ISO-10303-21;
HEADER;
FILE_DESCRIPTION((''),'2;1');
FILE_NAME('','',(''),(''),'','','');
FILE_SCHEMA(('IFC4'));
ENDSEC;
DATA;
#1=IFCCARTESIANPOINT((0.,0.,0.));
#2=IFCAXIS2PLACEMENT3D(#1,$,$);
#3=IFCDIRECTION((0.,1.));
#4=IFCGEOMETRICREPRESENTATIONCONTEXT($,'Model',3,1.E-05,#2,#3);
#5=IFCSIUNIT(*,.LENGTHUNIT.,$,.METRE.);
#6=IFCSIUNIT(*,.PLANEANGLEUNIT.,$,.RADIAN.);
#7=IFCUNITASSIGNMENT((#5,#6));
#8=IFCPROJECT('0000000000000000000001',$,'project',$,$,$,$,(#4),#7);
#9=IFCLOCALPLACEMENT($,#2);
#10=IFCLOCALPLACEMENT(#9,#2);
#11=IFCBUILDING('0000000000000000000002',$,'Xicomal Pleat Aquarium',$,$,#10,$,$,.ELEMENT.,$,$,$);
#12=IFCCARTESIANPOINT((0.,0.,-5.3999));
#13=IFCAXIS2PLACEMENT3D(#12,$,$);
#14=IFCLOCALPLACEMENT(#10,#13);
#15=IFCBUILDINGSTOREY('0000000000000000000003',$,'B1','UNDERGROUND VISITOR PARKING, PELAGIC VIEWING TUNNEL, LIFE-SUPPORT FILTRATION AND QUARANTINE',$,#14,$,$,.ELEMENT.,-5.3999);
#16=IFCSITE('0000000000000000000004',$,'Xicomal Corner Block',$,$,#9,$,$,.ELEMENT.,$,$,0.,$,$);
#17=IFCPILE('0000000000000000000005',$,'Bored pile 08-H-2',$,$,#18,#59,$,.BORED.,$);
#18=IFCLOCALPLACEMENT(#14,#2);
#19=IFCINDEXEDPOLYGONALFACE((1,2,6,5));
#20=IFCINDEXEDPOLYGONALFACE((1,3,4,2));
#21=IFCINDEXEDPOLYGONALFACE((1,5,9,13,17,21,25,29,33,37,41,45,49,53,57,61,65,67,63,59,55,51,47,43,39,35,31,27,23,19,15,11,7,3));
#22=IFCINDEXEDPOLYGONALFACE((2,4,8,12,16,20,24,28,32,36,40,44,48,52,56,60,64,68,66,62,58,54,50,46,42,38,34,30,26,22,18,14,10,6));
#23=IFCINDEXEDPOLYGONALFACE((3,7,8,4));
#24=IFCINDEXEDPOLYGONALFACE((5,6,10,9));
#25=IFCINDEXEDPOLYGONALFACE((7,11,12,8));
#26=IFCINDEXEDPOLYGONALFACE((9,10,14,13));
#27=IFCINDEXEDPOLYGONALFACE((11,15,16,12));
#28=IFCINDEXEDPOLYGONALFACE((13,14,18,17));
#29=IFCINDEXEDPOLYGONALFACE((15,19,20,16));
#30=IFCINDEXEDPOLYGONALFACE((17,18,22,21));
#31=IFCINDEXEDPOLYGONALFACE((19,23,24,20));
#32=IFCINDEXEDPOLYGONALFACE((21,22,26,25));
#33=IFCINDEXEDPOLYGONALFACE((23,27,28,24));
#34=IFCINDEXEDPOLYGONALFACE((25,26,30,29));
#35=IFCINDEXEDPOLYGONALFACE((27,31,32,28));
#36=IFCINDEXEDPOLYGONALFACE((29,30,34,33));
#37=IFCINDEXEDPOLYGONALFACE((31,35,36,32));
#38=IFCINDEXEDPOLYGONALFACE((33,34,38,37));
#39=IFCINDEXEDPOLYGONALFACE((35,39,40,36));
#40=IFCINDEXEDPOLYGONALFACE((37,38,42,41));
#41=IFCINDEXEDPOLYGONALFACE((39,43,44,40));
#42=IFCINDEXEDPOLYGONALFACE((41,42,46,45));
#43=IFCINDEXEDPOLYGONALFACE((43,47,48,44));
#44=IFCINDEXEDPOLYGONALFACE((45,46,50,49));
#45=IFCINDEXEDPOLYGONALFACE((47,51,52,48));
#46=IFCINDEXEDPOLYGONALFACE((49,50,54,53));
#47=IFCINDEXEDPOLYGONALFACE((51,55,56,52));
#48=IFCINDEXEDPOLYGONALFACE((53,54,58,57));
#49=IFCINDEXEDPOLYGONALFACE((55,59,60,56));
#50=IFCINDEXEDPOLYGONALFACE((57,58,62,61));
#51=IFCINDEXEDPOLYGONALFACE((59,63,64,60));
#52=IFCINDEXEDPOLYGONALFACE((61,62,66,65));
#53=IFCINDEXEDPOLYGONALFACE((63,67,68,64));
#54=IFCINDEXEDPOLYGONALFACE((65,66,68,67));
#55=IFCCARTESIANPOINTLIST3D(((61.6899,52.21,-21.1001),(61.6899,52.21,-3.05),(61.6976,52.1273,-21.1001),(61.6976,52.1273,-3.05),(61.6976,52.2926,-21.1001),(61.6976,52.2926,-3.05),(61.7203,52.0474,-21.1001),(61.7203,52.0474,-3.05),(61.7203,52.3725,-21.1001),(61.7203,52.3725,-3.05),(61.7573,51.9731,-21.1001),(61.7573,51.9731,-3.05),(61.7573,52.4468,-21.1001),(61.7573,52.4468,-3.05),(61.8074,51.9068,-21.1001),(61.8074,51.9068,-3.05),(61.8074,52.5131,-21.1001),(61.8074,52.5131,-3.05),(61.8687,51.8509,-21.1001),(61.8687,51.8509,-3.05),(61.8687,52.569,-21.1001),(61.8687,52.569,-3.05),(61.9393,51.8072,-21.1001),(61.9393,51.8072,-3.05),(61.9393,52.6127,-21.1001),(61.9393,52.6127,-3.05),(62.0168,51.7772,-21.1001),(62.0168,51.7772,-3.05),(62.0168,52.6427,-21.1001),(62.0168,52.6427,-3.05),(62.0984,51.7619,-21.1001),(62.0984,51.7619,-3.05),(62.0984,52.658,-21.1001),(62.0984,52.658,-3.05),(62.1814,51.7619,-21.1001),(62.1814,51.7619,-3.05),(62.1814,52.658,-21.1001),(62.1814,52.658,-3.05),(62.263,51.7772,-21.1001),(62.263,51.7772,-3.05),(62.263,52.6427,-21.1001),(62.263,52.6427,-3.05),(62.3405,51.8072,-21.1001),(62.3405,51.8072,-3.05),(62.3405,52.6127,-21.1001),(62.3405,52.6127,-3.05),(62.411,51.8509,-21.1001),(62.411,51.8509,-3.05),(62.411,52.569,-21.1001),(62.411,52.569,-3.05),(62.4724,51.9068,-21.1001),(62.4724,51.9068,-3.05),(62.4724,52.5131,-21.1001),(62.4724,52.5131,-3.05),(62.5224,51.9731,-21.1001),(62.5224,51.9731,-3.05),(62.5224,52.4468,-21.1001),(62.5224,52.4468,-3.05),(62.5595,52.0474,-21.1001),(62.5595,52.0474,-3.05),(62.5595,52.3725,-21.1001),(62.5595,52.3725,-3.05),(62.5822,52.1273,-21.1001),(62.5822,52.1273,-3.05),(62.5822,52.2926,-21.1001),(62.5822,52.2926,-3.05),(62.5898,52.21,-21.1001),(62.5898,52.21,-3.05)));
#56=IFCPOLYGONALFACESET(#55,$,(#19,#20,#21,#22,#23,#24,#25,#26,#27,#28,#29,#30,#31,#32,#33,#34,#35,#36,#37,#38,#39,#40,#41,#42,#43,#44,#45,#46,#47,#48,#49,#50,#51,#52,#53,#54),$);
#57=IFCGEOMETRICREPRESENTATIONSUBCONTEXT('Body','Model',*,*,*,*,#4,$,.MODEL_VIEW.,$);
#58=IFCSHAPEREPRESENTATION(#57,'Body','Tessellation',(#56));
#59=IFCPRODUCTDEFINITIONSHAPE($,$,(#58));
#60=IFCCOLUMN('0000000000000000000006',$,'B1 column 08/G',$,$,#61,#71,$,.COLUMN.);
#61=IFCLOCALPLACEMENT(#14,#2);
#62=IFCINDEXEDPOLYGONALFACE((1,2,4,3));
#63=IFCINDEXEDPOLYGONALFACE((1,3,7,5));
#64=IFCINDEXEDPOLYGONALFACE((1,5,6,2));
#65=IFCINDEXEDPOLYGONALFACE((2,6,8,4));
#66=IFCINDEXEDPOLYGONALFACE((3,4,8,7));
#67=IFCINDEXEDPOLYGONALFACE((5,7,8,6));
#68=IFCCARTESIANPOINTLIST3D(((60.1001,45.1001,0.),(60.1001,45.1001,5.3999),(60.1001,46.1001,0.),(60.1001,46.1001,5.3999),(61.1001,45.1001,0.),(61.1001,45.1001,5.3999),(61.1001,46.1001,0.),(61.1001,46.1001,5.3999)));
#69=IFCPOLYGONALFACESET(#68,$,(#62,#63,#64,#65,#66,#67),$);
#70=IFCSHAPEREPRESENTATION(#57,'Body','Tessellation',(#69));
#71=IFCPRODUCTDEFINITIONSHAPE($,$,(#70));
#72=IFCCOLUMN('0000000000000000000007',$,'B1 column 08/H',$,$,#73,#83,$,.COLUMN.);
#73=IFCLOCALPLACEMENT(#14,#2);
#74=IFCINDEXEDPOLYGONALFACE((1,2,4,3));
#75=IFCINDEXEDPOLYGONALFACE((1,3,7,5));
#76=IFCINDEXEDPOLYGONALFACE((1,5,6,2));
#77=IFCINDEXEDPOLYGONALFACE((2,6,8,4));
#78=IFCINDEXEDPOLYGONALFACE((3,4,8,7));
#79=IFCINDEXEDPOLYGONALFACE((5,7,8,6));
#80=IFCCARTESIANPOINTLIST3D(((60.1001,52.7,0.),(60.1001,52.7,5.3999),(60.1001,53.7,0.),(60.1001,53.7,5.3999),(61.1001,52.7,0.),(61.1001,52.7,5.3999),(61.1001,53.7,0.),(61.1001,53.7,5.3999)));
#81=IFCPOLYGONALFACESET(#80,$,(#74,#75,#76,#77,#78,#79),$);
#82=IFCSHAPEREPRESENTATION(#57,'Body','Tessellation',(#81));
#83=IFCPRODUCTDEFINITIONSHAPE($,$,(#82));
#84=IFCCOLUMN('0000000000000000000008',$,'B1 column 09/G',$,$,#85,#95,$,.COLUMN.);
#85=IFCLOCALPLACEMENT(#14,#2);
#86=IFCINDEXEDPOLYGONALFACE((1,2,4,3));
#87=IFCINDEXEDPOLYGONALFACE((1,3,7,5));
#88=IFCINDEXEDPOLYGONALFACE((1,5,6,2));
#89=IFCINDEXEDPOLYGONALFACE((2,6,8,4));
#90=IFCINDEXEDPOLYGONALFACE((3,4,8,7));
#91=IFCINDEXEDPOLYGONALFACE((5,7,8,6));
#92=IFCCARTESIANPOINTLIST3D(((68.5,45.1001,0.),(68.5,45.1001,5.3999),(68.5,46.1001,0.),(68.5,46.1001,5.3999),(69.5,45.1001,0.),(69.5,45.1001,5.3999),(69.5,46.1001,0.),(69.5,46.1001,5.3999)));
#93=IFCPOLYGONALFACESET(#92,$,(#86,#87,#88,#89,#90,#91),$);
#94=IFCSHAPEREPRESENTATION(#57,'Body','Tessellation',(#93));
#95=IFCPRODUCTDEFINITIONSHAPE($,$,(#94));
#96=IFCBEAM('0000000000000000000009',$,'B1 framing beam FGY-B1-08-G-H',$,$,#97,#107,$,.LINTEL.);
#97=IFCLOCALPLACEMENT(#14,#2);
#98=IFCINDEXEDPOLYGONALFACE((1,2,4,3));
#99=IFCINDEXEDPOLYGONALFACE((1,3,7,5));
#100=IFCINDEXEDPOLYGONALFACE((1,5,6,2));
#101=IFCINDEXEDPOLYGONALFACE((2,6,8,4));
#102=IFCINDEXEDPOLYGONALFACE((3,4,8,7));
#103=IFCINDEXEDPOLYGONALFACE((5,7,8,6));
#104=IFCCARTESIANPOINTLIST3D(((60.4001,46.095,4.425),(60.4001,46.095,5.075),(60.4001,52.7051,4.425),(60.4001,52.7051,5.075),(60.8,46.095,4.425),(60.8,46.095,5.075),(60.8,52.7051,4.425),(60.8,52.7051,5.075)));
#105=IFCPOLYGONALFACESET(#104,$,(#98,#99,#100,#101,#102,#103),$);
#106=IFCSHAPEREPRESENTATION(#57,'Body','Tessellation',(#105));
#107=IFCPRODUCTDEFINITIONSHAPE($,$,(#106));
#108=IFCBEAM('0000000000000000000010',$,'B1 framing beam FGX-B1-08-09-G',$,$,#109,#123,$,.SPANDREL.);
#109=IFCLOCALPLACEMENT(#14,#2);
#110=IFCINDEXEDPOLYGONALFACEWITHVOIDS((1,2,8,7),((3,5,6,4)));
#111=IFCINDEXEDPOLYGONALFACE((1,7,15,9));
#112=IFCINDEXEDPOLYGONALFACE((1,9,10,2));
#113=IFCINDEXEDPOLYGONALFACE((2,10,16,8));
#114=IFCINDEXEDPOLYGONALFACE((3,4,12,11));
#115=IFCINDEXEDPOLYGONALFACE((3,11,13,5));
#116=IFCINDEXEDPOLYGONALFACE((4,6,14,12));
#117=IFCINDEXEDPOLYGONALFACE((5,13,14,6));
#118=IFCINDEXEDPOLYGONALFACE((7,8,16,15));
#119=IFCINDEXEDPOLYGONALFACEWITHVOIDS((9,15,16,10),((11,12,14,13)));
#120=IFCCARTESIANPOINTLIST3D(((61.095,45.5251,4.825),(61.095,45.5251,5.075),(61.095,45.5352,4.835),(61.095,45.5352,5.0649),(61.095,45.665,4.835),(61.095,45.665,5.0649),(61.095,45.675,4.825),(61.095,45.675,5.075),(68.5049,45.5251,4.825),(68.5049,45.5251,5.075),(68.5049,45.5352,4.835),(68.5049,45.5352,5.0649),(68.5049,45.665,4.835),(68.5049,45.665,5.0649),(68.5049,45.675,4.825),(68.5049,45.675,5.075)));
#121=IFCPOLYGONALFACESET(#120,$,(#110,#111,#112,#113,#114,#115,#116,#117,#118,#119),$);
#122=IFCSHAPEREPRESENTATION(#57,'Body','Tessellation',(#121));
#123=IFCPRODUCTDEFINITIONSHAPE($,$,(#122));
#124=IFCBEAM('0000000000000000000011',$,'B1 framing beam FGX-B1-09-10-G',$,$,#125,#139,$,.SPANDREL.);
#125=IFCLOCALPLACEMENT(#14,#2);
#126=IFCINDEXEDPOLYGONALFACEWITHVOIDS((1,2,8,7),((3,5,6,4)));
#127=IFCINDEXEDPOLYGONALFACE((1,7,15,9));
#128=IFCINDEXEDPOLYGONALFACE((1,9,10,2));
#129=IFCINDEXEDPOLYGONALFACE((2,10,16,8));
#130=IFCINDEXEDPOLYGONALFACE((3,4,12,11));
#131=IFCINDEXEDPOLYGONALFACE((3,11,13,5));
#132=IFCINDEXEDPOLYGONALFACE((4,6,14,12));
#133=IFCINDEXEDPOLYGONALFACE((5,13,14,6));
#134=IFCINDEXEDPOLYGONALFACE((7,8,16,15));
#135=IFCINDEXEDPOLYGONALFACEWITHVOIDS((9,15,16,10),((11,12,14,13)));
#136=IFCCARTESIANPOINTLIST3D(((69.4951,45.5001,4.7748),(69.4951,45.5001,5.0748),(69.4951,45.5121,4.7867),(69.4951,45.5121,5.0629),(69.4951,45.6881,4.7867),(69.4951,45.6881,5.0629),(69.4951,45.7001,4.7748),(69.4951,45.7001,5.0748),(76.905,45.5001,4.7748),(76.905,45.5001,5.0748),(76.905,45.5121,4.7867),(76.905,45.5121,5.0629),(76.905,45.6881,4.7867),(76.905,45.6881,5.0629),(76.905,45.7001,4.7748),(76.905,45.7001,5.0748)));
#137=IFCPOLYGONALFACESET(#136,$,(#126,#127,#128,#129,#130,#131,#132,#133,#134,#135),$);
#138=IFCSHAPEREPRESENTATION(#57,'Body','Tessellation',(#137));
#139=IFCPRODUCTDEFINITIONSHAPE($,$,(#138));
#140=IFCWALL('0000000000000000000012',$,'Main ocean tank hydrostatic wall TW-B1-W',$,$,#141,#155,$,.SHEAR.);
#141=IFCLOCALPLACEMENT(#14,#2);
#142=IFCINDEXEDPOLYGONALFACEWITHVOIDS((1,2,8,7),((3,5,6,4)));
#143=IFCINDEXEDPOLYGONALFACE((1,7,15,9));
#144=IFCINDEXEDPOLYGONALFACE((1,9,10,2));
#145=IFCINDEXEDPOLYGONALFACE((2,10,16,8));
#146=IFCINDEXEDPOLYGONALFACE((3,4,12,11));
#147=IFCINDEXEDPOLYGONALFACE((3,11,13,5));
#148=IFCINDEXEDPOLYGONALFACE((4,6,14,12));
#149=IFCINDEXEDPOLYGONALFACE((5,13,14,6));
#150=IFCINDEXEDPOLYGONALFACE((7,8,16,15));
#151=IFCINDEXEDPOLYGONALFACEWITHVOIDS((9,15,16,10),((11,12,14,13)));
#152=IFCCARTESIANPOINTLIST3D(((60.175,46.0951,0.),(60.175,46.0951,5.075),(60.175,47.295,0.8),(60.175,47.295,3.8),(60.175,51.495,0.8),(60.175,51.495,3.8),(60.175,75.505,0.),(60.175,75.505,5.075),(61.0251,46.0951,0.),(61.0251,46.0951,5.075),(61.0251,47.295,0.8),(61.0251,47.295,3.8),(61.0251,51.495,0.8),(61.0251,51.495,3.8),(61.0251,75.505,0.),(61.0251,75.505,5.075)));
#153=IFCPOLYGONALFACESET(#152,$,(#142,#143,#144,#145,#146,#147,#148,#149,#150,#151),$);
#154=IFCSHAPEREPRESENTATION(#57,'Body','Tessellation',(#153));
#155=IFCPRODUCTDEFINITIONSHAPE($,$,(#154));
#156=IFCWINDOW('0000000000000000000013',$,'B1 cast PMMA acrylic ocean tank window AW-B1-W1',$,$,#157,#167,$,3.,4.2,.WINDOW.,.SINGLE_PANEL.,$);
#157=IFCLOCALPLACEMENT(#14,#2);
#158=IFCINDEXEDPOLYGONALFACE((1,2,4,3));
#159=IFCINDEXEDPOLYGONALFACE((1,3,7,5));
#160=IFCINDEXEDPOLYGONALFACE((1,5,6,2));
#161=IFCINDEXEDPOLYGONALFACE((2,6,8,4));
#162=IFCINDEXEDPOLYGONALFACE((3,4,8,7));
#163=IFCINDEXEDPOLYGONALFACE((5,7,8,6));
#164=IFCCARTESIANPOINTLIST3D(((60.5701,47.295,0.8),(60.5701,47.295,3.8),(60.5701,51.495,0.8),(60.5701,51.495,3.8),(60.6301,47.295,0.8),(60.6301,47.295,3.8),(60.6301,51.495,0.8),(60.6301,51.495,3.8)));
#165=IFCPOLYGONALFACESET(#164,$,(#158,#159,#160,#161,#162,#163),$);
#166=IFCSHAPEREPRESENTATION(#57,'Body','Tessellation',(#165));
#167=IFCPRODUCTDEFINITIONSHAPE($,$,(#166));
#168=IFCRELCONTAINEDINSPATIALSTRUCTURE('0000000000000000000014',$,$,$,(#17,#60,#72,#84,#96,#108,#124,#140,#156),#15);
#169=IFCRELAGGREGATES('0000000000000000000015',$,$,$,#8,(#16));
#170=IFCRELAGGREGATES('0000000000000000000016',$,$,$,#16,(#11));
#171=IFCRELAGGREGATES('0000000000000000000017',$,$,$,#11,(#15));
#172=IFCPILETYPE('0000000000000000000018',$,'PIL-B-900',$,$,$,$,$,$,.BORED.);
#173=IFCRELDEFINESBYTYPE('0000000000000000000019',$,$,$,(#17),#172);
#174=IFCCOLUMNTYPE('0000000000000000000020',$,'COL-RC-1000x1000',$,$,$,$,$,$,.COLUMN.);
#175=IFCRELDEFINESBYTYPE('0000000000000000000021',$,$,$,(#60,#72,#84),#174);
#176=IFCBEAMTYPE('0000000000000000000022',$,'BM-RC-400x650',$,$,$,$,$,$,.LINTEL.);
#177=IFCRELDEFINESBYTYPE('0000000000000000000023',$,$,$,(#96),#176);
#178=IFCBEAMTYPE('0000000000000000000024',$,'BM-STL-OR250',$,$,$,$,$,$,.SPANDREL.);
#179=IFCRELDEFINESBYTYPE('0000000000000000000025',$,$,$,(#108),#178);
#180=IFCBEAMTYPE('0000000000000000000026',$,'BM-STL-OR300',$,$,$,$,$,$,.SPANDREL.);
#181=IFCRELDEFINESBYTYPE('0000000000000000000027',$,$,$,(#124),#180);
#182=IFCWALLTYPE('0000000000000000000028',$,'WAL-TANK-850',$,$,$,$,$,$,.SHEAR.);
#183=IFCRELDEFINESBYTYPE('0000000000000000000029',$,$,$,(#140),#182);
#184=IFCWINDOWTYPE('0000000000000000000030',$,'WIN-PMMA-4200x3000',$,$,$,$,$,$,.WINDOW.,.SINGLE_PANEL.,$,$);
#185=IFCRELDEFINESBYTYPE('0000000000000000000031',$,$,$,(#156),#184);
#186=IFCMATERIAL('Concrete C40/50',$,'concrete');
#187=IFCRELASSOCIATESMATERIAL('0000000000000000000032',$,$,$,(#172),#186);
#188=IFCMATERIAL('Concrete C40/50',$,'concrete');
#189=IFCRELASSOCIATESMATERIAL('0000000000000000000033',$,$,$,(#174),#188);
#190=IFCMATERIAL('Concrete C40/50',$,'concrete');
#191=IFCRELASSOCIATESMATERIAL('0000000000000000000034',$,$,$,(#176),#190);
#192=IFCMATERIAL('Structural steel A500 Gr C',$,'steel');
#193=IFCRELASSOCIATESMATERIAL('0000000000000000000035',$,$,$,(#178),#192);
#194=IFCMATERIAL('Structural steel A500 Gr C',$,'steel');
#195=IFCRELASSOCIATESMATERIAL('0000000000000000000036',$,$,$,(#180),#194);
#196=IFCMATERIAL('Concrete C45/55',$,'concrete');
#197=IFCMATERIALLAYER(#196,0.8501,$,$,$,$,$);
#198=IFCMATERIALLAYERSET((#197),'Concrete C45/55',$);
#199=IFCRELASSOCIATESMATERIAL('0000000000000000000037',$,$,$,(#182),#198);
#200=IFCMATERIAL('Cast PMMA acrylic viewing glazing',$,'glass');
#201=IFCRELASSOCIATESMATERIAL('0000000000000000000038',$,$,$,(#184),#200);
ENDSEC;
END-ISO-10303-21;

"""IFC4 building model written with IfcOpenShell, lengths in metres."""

from ifc_helpers import new_model, si_unit, direction, frame, frame_2d, origin, origin_2d, place, context, subcontext, project, spatial, rectangle, hollow_rectangle, circle, extrude, material, layer, layer_set, material_profile, profile_set, type_object, element, fill, save


model = new_model("IFC4")

# Units and contexts
model_context = context("Model", 3, precision=1e-05, world=origin(), true_north=direction((0.0, 1.0)))
body_context = subcontext(model_context, "Body", "Model", "MODEL_VIEW")
ifc_project = project(units=[si_unit("LENGTHUNIT", "METRE"), si_unit("PLANEANGLEUNIT", "RADIAN")], contexts=[model_context])

# Site, building, storey
site_placement = place(None, origin())
site = spatial("IfcSite", under=ifc_project, at=site_placement, Name="Xicomal Corner Block", CompositionType="ELEMENT", RefElevation=0.0)
building_placement = place(site_placement, origin())
building = spatial("IfcBuilding", under=site, at=building_placement, Name="Xicomal Pleat Aquarium", CompositionType="ELEMENT")
storey_placement = place(building_placement, frame((0.0, 0.0, -5.3999)))
storey = spatial("IfcBuildingStorey", under=building, at=storey_placement, Name="B1", Description="UNDERGROUND VISITOR PARKING, PELAGIC VIEWING TUNNEL, LIFE-SUPPORT FILTRATION AND QUARANTINE", CompositionType="ELEMENT", Elevation=-5.3999)

# Pile
ifc_material_1 = material(Name="Concrete C40/50", Category="concrete")
ifc_material_profile_1 = material_profile(ifc_material_1, circle(Radius=0.45, at=origin_2d()), Name="BORED PILE D900")
ifc_profile_set_1 = profile_set([ifc_material_profile_1], Name="Concrete C40/50")
pile_type_1 = type_object("IfcPileType", Name="PIL-B-900", PredefinedType="BORED", material=ifc_profile_set_1)
for number, where, z_axis, x_axis, name in (
    (1, (62.1399, 52.21, -3.05), (0.0, 0.0, -1.0), (1.0, 0.0, 0.0), "Bored pile 08-H-2"),
):
    element("IfcPile", number, at=place(storey_placement, frame(where, z_axis=z_axis, x_axis=x_axis)), inside=storey, type_object=pile_type_1, Name=name, PredefinedType="BORED", context=body_context, shape_type="SweptSolid", body=[
        extrude(circle(Radius=0.45, at=origin_2d()), origin(), (0.0, 0.0, 1.0), 18.05),
    ])

# Columns
ifc_material_2 = material(Name="Concrete C40/50", Category="concrete")
ifc_material_profile_2 = material_profile(ifc_material_2, rectangle(XDim=1.0, YDim=1.0, at=origin_2d()), Name="RC 1000x1000")
ifc_profile_set_2 = profile_set([ifc_material_profile_2], Name="Concrete C40/50")
column_type = type_object("IfcColumnType", Name="COL-RC-1000x1000", PredefinedType="COLUMN", material=ifc_profile_set_2)
for number, where, z_axis, x_axis, name in (
    (2, (60.6001, 45.6001, 0.0), (0.0, 0.0, 1.0), (1.0, 0.0, 0.0), "B1 column 08/G"),
    (3, (60.6001, 53.2, 0.0), (0.0, 0.0, 1.0), (1.0, 0.0, 0.0), "B1 column 08/H"),
    (4, (69.0, 45.6001, 0.0), (0.0, 0.0, 1.0), (1.0, 0.0, 0.0), "B1 column 09/G"),
):
    element("IfcColumn", number, at=place(storey_placement, frame(where, z_axis=z_axis, x_axis=x_axis)), inside=storey, type_object=column_type, Name=name, PredefinedType="COLUMN", context=body_context, shape_type="SweptSolid", body=[
        extrude(rectangle(XDim=1.0, YDim=1.0, at=origin_2d()), origin(), (0.0, 0.0, 1.0), 5.3999),
    ])

# Beams
ifc_material_3 = material(Name="Concrete C40/50", Category="concrete")
ifc_material_profile_3 = material_profile(ifc_material_3, rectangle(XDim=0.3999, YDim=0.6499, at=origin_2d()), Name="RC 400x650")
ifc_profile_set_3 = profile_set([ifc_material_profile_3], Name="Concrete C40/50")
beam_type_1 = type_object("IfcBeamType", Name="BM-RC-400x650", PredefinedType="LINTEL", material=ifc_profile_set_3)
beam_1_placement = place(storey_placement, frame((60.6001, 46.095, 4.75), z_axis=(0.0, 1.0, 0.0), x_axis=(-1.0, 0.0, 0.0)))
element("IfcBeam", 5, at=beam_1_placement, inside=storey, type_object=beam_type_1, Name="B1 framing beam FGY-B1-08-G-H", PredefinedType="LINTEL", context=body_context, shape_type="SweptSolid", body=[
    extrude(rectangle(XDim=0.3999, YDim=0.6499, at=origin_2d()), origin(), (0.0, 0.0, 1.0), 6.6101),
])
ifc_material_4 = material(Name="Structural steel A500 Gr C", Category="steel")
ifc_material_profile_4 = material_profile(ifc_material_4, hollow_rectangle(XDim=0.1499, YDim=0.25, WallThickness=0.01, at=origin_2d()), Name="OR 250x150x10")
ifc_profile_set_4 = profile_set([ifc_material_profile_4], Name="Structural steel A500 Gr C")
beam_type_2 = type_object("IfcBeamType", Name="BM-STL-OR250", PredefinedType="SPANDREL", material=ifc_profile_set_4)
beam_2_placement = place(storey_placement, frame((61.095, 45.6001, 4.95), z_axis=(1.0, 0.0, 0.0), x_axis=(0.0, 1.0, 0.0)))
element("IfcBeam", 6, at=beam_2_placement, inside=storey, type_object=beam_type_2, Name="B1 framing beam FGX-B1-08-09-G", PredefinedType="SPANDREL", context=body_context, shape_type="SweptSolid", body=[
    extrude(hollow_rectangle(XDim=0.1499, YDim=0.25, WallThickness=0.01, at=origin_2d()), origin(), (0.0, 0.0, 1.0), 7.4099),
])
ifc_material_5 = material(Name="Structural steel A500 Gr C", Category="steel")
ifc_material_profile_5 = material_profile(ifc_material_5, hollow_rectangle(XDim=0.2, YDim=0.3, WallThickness=0.012, at=origin_2d()), Name="OR 300x200x12")
ifc_profile_set_5 = profile_set([ifc_material_profile_5], Name="Structural steel A500 Gr C")
beam_type_3 = type_object("IfcBeamType", Name="BM-STL-OR300", PredefinedType="SPANDREL", material=ifc_profile_set_5)
beam_3_placement = place(storey_placement, frame((69.4951, 45.6001, 4.9248), z_axis=(1.0, 0.0, 0.0), x_axis=(0.0, 1.0, 0.0)))
element("IfcBeam", 7, at=beam_3_placement, inside=storey, type_object=beam_type_3, Name="B1 framing beam FGX-B1-09-10-G", PredefinedType="SPANDREL", context=body_context, shape_type="SweptSolid", body=[
    extrude(hollow_rectangle(XDim=0.2, YDim=0.3, WallThickness=0.012, at=origin_2d()), origin(), (0.0, 0.0, 1.0), 7.4099),
])

# Wall, opening, window
ifc_material_6 = material(Name="Concrete C45/55", Category="concrete")
ifc_layer = layer(ifc_material_6, 0.8501)
ifc_layer_set = layer_set([ifc_layer], Name="Concrete C45/55")
wall_type = type_object("IfcWallType", Name="WAL-TANK-850", PredefinedType="SHEAR", material=ifc_layer_set)
wall_placement = place(storey_placement, frame((60.6001, 46.095, 0.0), z_axis=(0.0, 0.0, 1.0), x_axis=(0.0, 1.0, 0.0)))
wall = element("IfcWall", 8, at=wall_placement, inside=storey, type_object=wall_type, Name="Main ocean tank hydrostatic wall TW-B1-W", PredefinedType="SHEAR", context=body_context, shape_type="SweptSolid", body=[
    extrude(rectangle(XDim=29.4099, YDim=0.8501, at=frame_2d((14.7051, 0.0))), origin(), (0.0, 0.0, 1.0), 5.075),
])
opening_placement = place(wall_placement, frame((1.2, 0.0, 0.8)))
opening = element("IfcOpeningElement", 9, at=opening_placement, cuts=wall, PredefinedType="OPENING", context=body_context, shape_type="SweptSolid", body=[
    extrude(rectangle(XDim=4.2, YDim=3.0, at=frame_2d((2.1001, 1.5))), frame((0.0, 0.4351, 0.0), z_axis=(0.0, -1.0, 0.0), x_axis=(1.0, 0.0, 0.0)), (0.0, 0.0, 1.0), 0.8701),
])
ifc_material_7 = material(Name="Cast PMMA acrylic viewing glazing", Category="glass")
window_type = type_object("IfcWindowType", Name="WIN-PMMA-4200x3000", PartitioningType="SINGLE_PANEL", PredefinedType="WINDOW", material=ifc_material_7)
window_placement = place(opening_placement, origin())
window = element("IfcWindow", 10, at=window_placement, inside=storey, type_object=window_type, Name="B1 cast PMMA acrylic ocean tank window AW-B1-W1", OverallHeight=3.0, OverallWidth=4.2, PartitioningType="SINGLE_PANEL", PredefinedType="WINDOW", context=body_context, shape_type="SweptSolid", body=[
    extrude(rectangle(XDim=4.2, YDim=3.0, at=frame_2d((2.1001, 1.5))), frame((0.0, 0.03, 0.0), z_axis=(0.0, -1.0, 0.0), x_axis=(1.0, 0.0, 0.0)), (0.0, 0.0, 1.0), 0.0601),
])
fill(opening, window)

save(model, "model.ifc")
